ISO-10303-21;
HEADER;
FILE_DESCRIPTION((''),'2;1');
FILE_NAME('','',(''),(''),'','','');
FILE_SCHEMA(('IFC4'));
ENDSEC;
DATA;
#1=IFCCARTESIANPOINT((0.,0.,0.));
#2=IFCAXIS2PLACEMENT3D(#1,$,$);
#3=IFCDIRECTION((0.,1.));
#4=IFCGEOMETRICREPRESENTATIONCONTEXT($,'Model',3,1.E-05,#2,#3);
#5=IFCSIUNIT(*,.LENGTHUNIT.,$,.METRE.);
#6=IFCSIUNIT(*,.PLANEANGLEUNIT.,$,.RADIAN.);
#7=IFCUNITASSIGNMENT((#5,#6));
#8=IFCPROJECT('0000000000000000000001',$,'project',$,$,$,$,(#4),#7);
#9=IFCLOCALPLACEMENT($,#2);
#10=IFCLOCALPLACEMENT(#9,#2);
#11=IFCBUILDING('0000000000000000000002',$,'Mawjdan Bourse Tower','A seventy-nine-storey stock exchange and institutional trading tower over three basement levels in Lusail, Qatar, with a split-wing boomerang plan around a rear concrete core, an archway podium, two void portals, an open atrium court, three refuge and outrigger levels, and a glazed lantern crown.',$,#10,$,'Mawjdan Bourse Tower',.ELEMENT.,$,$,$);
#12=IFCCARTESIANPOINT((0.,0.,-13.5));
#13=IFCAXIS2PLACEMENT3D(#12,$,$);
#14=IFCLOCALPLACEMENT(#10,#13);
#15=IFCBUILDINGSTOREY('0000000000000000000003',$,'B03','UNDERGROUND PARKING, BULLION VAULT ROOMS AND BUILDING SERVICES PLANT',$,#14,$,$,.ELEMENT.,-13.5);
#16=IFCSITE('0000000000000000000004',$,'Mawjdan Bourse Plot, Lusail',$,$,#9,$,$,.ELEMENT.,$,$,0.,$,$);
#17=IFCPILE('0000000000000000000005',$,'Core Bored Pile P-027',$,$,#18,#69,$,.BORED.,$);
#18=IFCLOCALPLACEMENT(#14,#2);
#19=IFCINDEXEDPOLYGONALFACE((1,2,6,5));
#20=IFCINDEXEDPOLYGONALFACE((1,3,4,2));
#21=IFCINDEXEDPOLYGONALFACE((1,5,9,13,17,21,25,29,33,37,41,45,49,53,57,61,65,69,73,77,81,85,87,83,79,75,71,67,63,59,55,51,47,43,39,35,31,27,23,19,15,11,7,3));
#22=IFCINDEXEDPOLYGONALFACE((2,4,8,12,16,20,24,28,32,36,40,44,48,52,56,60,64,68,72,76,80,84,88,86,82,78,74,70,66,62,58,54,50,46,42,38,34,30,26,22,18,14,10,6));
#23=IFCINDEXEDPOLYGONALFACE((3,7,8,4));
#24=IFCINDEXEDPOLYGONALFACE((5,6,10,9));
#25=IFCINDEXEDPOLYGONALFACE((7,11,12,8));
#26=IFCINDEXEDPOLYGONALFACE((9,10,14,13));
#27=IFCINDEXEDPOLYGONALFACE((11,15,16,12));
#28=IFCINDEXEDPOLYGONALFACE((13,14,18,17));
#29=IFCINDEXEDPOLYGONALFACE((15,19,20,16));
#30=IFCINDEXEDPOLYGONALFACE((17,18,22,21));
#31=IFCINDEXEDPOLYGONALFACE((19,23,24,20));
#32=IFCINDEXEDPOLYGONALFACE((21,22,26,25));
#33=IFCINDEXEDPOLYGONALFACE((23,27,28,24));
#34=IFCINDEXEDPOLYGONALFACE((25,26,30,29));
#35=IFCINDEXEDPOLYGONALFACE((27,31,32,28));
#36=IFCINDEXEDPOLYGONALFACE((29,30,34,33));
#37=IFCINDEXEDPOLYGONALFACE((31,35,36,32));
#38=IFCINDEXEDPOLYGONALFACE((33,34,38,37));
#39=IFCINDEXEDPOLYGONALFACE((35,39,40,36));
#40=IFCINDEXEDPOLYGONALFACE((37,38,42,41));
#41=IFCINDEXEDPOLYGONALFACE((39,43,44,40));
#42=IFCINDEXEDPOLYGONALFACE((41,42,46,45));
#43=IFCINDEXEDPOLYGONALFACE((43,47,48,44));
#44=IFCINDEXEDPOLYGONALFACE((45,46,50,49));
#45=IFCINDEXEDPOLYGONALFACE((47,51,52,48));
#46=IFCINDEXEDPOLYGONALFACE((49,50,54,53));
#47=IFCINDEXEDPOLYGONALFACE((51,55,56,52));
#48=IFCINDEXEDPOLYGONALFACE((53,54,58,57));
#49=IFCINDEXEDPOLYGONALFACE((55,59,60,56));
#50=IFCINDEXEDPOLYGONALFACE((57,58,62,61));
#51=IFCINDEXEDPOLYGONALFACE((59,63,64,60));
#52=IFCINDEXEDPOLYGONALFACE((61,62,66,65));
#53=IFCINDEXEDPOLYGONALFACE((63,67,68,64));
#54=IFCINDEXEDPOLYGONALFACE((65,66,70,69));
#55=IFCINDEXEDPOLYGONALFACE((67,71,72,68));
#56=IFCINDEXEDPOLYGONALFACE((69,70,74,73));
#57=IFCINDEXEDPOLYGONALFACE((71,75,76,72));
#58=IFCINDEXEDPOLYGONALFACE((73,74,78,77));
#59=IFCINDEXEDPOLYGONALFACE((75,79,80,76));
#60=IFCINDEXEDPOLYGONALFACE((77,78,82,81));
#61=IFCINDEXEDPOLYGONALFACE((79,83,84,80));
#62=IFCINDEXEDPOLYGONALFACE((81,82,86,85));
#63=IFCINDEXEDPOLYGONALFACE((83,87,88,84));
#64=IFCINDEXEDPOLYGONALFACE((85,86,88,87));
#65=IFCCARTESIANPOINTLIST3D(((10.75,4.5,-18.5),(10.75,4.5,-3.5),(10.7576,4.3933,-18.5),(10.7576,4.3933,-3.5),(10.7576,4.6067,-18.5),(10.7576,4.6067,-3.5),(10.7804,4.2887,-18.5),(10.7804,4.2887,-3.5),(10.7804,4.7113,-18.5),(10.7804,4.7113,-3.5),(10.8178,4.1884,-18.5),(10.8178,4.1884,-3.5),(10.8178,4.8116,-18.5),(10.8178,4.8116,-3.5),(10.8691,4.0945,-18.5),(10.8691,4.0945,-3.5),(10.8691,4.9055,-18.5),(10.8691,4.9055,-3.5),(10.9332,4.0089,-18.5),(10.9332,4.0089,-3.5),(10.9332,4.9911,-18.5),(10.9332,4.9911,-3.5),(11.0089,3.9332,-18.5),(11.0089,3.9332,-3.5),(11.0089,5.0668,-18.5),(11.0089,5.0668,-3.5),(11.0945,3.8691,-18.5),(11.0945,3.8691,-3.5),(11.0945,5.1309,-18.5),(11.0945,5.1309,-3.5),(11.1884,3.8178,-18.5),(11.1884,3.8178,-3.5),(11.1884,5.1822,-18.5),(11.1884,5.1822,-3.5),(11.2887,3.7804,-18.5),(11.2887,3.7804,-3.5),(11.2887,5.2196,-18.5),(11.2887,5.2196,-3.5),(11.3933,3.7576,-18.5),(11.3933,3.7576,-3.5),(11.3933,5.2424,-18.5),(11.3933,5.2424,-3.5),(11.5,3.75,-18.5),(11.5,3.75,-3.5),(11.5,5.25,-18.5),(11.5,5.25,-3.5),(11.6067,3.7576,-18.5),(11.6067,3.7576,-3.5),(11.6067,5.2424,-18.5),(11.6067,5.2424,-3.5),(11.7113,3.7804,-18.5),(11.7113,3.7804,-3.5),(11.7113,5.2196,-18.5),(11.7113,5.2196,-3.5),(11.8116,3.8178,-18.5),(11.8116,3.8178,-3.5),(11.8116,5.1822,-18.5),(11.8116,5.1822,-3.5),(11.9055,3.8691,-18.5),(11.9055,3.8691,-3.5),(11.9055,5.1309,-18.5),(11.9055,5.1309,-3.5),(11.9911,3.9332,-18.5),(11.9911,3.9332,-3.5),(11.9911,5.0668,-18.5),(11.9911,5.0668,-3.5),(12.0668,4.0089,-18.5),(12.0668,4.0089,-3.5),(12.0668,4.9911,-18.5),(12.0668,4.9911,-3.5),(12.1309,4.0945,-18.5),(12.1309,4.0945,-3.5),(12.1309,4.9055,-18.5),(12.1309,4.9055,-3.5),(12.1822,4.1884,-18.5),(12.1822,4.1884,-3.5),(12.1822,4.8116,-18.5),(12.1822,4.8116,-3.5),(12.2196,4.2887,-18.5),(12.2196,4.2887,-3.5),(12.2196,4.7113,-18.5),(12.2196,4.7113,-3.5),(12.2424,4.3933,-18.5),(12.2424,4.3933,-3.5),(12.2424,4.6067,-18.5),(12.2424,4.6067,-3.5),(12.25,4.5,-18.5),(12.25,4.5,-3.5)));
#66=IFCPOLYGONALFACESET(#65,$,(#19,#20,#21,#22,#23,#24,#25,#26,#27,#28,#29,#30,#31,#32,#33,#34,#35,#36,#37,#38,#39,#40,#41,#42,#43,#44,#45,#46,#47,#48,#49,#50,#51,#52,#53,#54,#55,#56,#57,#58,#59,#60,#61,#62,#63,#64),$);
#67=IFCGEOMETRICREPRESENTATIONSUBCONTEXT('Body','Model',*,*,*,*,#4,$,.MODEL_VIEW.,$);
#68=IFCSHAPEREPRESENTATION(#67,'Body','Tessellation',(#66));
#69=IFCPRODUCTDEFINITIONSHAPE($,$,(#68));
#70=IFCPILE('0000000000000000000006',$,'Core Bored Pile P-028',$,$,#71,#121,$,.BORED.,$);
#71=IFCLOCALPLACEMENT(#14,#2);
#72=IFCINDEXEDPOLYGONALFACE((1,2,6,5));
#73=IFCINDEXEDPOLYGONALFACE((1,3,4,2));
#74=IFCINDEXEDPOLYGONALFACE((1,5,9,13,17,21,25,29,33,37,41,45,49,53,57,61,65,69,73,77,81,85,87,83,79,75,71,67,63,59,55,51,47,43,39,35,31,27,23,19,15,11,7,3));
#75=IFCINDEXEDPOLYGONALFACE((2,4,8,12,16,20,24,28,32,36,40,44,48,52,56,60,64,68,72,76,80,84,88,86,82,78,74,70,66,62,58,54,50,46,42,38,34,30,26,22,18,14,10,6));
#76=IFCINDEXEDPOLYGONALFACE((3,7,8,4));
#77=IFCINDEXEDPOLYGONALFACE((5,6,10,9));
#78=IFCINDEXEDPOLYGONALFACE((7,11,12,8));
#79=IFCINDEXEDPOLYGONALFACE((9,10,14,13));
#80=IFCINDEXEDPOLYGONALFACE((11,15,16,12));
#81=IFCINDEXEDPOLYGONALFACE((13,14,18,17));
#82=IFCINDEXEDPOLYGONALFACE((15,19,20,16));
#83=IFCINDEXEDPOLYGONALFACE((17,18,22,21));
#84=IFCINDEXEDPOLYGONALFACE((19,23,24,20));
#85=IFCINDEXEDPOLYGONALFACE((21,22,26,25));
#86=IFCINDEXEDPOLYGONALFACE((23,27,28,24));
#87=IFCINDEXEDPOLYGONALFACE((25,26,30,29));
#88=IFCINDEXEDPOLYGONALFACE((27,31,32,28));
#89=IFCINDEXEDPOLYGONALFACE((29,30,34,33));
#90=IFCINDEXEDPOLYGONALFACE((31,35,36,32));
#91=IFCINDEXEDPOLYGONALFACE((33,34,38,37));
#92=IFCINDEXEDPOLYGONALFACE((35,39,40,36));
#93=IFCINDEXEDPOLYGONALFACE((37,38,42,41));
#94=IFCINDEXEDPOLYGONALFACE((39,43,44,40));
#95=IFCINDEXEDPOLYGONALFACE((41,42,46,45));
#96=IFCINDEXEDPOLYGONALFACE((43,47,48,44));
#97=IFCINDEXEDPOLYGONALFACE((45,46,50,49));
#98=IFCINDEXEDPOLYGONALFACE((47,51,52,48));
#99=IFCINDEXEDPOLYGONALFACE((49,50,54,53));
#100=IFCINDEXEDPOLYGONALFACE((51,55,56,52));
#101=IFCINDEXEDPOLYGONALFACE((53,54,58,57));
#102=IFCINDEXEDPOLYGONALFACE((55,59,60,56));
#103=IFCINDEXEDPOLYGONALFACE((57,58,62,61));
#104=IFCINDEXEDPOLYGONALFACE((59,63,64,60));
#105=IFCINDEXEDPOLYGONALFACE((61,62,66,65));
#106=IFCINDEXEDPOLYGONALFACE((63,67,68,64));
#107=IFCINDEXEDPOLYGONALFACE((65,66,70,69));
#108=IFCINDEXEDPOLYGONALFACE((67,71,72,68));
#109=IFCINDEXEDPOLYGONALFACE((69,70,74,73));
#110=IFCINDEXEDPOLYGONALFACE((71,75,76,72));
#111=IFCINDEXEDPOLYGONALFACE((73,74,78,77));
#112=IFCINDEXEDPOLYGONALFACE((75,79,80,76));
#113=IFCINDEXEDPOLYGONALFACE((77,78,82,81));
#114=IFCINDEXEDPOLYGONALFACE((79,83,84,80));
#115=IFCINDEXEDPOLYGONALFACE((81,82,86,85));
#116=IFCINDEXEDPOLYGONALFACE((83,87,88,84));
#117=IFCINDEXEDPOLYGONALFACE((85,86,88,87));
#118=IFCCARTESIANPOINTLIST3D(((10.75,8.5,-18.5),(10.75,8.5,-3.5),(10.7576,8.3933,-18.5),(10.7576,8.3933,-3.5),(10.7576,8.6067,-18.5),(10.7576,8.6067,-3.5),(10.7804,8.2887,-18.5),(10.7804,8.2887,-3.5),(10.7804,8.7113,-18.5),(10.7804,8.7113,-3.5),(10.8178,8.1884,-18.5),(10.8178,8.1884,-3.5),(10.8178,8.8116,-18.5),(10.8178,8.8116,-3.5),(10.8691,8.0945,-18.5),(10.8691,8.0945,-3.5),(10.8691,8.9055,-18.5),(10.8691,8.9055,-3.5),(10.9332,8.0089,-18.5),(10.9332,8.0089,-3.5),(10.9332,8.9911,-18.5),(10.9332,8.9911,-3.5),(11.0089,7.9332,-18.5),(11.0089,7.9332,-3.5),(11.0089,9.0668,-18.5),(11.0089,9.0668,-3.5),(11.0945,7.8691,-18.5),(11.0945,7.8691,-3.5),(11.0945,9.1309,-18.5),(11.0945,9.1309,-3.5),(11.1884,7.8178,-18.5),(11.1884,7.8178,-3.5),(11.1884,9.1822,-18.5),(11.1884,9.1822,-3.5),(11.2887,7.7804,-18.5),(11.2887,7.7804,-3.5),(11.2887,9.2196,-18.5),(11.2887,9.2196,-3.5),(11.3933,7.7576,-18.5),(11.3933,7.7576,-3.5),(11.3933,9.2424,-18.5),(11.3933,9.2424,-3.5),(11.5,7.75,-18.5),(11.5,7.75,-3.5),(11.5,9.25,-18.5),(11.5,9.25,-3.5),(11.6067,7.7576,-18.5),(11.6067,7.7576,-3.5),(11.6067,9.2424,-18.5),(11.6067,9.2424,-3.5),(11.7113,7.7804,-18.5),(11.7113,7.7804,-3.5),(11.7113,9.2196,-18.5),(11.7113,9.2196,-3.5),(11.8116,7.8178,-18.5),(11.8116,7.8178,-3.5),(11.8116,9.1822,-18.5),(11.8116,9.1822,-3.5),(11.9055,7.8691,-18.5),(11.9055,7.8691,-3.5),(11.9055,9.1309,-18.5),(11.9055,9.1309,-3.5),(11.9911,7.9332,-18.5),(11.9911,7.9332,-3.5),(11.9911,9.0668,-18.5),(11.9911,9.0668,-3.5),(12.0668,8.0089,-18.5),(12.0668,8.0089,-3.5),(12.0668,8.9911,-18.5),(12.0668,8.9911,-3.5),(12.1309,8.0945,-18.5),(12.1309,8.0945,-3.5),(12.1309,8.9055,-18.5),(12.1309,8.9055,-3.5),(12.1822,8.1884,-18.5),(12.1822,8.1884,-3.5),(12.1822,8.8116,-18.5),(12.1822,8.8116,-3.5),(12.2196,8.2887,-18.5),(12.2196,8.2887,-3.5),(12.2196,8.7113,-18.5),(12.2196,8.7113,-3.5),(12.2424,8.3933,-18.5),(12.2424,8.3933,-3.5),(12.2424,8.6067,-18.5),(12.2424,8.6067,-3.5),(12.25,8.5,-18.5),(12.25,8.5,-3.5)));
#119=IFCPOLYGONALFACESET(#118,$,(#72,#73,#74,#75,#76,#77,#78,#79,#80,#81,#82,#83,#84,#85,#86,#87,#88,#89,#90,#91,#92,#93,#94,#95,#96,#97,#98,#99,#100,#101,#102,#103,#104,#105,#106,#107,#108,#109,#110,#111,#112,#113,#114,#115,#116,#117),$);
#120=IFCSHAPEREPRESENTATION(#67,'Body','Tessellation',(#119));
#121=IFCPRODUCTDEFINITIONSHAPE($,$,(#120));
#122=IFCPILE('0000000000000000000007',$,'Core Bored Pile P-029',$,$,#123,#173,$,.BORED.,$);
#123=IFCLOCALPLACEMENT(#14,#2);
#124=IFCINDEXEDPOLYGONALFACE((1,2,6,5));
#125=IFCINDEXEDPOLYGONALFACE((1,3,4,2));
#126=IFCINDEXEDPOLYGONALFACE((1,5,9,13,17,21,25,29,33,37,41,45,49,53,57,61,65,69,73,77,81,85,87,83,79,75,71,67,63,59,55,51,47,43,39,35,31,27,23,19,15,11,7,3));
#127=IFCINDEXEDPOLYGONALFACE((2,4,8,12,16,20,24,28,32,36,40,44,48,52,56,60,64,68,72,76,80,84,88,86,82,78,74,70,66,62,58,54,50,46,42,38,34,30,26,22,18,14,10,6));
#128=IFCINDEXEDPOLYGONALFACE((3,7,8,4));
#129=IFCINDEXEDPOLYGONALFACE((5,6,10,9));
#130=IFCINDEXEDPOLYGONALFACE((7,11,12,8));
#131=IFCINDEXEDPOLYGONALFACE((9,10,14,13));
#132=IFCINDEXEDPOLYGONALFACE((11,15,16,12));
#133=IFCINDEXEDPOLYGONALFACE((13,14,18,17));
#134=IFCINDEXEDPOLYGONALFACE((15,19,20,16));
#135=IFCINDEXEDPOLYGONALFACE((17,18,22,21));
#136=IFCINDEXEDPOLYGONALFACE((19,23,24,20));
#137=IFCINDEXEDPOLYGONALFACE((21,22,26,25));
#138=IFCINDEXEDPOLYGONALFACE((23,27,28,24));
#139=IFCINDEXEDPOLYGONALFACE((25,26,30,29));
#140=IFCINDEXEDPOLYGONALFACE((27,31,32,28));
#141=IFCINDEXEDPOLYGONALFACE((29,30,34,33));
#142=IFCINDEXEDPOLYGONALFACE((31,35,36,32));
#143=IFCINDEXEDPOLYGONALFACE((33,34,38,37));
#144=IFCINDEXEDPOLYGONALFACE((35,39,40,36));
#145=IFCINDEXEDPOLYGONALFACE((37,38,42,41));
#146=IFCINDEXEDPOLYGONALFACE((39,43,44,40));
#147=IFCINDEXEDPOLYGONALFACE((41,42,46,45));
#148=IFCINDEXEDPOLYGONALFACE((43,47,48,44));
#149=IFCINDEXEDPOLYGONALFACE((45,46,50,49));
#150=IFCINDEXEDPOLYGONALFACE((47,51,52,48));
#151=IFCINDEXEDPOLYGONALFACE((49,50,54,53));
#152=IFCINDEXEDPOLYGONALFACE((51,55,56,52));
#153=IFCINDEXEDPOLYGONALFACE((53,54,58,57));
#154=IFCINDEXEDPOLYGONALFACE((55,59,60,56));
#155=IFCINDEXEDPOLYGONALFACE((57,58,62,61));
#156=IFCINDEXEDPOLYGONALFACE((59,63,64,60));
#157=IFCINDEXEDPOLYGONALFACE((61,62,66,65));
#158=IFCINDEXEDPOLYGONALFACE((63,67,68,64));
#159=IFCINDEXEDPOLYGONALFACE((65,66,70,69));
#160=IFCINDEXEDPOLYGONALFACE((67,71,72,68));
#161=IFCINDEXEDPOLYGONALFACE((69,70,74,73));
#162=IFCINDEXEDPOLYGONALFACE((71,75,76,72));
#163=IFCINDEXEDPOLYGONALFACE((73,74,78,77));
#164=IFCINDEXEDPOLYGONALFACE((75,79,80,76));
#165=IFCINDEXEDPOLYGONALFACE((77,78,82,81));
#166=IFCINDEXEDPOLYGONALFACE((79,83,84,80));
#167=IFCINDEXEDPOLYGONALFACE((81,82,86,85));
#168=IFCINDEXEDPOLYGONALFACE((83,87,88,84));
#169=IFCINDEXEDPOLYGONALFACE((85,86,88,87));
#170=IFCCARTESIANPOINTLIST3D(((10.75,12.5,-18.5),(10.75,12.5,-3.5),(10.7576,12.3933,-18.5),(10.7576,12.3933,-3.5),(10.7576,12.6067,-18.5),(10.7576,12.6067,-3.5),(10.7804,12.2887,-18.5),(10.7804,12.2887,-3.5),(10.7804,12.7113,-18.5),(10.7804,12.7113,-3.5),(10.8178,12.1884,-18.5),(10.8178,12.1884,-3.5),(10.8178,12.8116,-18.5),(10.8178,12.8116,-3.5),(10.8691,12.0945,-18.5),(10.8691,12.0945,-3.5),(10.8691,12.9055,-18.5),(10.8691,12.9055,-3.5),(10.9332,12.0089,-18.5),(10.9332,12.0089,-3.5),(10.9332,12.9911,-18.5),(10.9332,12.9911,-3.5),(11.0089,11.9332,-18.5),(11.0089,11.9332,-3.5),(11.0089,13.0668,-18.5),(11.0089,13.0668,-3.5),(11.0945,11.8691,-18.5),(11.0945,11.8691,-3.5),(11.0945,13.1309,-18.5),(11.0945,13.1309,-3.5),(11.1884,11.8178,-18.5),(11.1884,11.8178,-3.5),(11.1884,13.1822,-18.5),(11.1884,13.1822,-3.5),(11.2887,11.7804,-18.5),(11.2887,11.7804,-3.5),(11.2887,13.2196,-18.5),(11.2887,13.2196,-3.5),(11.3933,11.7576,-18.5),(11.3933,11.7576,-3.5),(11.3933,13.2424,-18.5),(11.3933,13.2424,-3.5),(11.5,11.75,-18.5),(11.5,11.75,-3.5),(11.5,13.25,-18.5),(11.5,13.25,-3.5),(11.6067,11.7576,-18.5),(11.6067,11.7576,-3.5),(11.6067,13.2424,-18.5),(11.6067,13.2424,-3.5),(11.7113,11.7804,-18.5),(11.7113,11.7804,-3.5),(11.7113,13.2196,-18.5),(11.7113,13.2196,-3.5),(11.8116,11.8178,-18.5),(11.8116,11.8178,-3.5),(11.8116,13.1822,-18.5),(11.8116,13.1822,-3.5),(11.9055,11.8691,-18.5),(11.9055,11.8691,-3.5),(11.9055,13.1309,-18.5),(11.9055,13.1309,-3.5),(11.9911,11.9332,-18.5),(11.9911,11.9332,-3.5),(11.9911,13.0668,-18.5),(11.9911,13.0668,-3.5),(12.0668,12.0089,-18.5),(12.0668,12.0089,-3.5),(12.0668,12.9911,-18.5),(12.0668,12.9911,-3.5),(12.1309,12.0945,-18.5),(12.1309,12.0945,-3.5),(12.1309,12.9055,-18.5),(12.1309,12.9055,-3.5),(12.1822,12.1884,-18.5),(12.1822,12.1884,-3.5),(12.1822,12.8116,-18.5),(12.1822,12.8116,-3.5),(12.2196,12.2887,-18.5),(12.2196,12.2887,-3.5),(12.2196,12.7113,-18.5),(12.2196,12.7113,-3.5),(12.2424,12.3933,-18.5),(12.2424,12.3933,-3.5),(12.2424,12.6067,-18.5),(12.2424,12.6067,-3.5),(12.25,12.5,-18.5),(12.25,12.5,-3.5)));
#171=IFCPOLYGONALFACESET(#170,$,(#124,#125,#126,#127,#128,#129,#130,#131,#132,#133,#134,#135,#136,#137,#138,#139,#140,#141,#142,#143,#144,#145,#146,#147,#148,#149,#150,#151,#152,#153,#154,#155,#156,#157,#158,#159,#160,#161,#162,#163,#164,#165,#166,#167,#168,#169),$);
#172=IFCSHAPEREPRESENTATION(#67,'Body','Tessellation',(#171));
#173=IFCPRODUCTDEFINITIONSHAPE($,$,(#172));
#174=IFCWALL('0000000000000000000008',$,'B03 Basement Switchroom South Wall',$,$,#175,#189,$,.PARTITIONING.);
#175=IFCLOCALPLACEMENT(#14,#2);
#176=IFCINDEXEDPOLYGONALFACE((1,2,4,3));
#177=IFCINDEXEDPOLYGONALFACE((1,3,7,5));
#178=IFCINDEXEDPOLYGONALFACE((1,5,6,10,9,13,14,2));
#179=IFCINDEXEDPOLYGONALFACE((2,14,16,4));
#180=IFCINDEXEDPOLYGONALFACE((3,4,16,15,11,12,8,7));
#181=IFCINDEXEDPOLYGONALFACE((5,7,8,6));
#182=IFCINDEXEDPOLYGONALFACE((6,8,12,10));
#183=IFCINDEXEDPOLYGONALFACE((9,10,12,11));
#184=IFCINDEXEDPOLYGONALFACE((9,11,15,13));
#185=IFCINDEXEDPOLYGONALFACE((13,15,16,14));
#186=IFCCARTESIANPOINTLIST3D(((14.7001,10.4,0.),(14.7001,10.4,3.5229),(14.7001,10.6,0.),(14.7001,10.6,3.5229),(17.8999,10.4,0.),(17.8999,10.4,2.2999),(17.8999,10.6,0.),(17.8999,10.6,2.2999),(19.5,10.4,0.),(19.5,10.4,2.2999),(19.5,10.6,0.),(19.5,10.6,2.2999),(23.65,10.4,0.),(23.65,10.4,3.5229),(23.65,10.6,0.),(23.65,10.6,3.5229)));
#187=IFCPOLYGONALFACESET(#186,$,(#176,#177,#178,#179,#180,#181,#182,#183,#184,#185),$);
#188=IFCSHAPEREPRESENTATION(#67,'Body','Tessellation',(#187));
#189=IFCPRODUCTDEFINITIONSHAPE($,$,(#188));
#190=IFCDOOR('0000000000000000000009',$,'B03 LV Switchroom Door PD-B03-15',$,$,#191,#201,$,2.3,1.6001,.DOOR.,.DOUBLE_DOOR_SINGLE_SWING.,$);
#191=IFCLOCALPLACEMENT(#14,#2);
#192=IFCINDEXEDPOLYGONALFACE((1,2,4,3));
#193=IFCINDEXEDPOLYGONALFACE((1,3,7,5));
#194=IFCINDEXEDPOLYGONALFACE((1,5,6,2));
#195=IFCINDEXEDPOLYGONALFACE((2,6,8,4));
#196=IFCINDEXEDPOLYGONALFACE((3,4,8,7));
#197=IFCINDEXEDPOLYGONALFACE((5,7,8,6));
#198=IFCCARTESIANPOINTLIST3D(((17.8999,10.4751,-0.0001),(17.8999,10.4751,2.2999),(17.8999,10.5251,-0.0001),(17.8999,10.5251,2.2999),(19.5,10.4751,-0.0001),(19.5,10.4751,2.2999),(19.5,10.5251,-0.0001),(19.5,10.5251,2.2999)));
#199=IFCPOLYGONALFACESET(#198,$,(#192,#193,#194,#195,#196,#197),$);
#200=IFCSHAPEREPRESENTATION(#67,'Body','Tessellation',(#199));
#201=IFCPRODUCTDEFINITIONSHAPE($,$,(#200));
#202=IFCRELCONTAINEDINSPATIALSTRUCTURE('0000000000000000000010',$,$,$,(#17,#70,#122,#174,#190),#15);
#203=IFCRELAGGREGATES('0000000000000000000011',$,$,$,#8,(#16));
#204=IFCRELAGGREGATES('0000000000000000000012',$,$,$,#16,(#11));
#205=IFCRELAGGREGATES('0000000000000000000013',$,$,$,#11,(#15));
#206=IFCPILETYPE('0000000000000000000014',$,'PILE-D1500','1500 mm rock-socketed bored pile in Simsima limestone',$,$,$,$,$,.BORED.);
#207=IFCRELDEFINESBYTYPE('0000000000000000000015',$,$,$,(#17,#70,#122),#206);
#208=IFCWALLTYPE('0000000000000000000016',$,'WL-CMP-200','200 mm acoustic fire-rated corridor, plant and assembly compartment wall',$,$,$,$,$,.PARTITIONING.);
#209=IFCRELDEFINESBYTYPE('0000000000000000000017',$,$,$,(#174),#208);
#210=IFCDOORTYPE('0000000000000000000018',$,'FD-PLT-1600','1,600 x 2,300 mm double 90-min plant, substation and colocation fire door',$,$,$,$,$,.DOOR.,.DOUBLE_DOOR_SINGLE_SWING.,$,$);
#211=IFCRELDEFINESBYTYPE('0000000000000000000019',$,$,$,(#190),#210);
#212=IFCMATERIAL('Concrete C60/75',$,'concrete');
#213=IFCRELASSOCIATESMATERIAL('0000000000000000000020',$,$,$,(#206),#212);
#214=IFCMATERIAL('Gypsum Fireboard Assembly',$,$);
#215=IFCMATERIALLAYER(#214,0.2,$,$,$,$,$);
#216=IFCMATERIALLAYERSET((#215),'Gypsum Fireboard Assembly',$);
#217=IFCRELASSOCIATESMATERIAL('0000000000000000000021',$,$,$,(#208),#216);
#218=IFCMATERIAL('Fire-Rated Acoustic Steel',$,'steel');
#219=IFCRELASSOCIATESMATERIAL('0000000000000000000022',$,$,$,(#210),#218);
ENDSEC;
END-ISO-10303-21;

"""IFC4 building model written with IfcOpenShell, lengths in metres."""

from ifc_helpers import new_model, si_unit, direction, frame, frame_2d, origin, origin_2d, place, context, subcontext, project, spatial, rectangle, circle, extrude, material, layer, layer_set, material_profile, profile_set, type_object, element, fill, save


model = new_model("IFC4")

# Units and contexts
model_context = context("Model", 3, precision=1e-05, world=origin(), true_north=direction((0.0, 1.0)))
body_context = subcontext(model_context, "Body", "Model", "MODEL_VIEW")
ifc_project = project(units=[si_unit("LENGTHUNIT", "METRE"), si_unit("PLANEANGLEUNIT", "RADIAN")], contexts=[model_context])

# Site, building, storey
site_placement = place(None, origin())
site = spatial("IfcSite", under=ifc_project, at=site_placement, Name="Mawjdan Bourse Plot, Lusail", CompositionType="ELEMENT", RefElevation=0.0)
building_placement = place(site_placement, origin())
building = spatial("IfcBuilding", under=site, at=building_placement, Name="Mawjdan Bourse Tower", Description="A seventy-nine-storey stock exchange and institutional trading tower over three basement levels in Lusail, Qatar, with a split-wing boomerang plan around a rear concrete core, an archway podium, two void portals, an open atrium court, three refuge and outrigger levels, and a glazed lantern crown.", LongName="Mawjdan Bourse Tower", CompositionType="ELEMENT")
storey_placement = place(building_placement, frame((0.0, 0.0, -13.5)))
storey = spatial("IfcBuildingStorey", under=building, at=storey_placement, Name="B03", Description="UNDERGROUND PARKING, BULLION VAULT ROOMS AND BUILDING SERVICES PLANT", CompositionType="ELEMENT", Elevation=-13.5)

# Piles
ifc_material_1 = material(Name="Concrete C60/75", Category="concrete")
ifc_material_profile = material_profile(ifc_material_1, circle(Radius=0.75, at=origin_2d()), Name="PILE-D1500")
ifc_profile_set = profile_set([ifc_material_profile], Name="Concrete C60/75")
pile_type = type_object("IfcPileType", Name="PILE-D1500", Description="1500 mm rock-socketed bored pile in Simsima limestone", PredefinedType="BORED", material=ifc_profile_set)
for number, where, z_axis, x_axis, name in (
    (1, (11.5, 4.5, -3.5), (0.0, 0.0, -1.0), (1.0, 0.0, 0.0), "Core Bored Pile P-027"),
    (2, (11.5, 8.5, -3.5), (0.0, 0.0, -1.0), (1.0, 0.0, 0.0), "Core Bored Pile P-028"),
    (3, (11.5, 12.5, -3.5), (0.0, 0.0, -1.0), (1.0, 0.0, 0.0), "Core Bored Pile P-029"),
):
    element("IfcPile", number, at=place(storey_placement, frame(where, z_axis=z_axis, x_axis=x_axis)), inside=storey, type_object=pile_type, Name=name, PredefinedType="BORED", context=body_context, shape_type="SweptSolid", body=[
        extrude(circle(Radius=0.75, at=origin_2d()), origin(), (0.0, 0.0, 1.0), 15.0),
    ])

# Wall, opening, door
ifc_material_2 = material(Name="Gypsum Fireboard Assembly")
ifc_layer_1 = layer(ifc_material_2, 0.2)
ifc_layer_set_1 = layer_set([ifc_layer_1], Name="Gypsum Fireboard Assembly")
wall_type_1 = type_object("IfcWallType", Name="WL-CMP-200", Description="200 mm acoustic fire-rated corridor, plant and assembly compartment wall", PredefinedType="PARTITIONING", material=ifc_layer_set_1)
wall_1_placement = place(storey_placement, frame((14.7, 10.5, 0.0), z_axis=(0.0, 0.0, 1.0), x_axis=(1.0, 0.0, 0.0)))
wall_1 = element("IfcWall", 4, at=wall_1_placement, inside=storey, type_object=wall_type_1, Name="B03 Basement Switchroom South Wall", PredefinedType="PARTITIONING", context=body_context, shape_type="SweptSolid", body=[
    extrude(rectangle(XDim=8.95, YDim=0.2, at=frame_2d((4.4751, 0.0))), origin(), (0.0, 0.0, 1.0), 3.5229),
])
opening_1_placement = place(wall_1_placement, frame((3.2, 0.0, 0.0)))
opening_1 = element("IfcOpeningElement", 5, at=opening_1_placement, cuts=wall_1, PredefinedType="OPENING", context=body_context, shape_type="SweptSolid", body=[
    extrude(rectangle(XDim=1.6001, YDim=2.3, at=frame_2d((0.8, 1.1499))), frame((0.0, 0.1099, 0.0), z_axis=(0.0, -1.0, 0.0), x_axis=(1.0, 0.0, 0.0)), (0.0, 0.0, 1.0), 0.22),
])
ifc_material_3 = material(Name="Fire-Rated Acoustic Steel", Category="steel")
door_type_1 = type_object("IfcDoorType", Name="FD-PLT-1600", Description="1,600 x 2,300 mm double 90-min plant, substation and colocation fire door", OperationType="DOUBLE_DOOR_SINGLE_SWING", PredefinedType="DOOR", material=ifc_material_3)
door_1_placement = place(opening_1_placement, frame((1.6001, 0.0, 0.0), z_axis=(0.0, 0.0, 1.0), x_axis=(-1.0, 0.0, 0.0)))
door_1 = element("IfcDoor", 6, at=door_1_placement, inside=storey, type_object=door_type_1, Name="B03 LV Switchroom Door PD-B03-15", OperationType="DOUBLE_DOOR_SINGLE_SWING", OverallHeight=2.3, OverallWidth=1.6001, PredefinedType="DOOR", context=body_context, shape_type="SweptSolid", body=[
    extrude(rectangle(XDim=1.6001, YDim=2.3, at=frame_2d((0.8, 1.1499))), frame((0.0, 0.0249, 0.0), z_axis=(0.0, -1.0, 0.0), x_axis=(1.0, 0.0, 0.0)), (0.0, 0.0, 1.0), 0.05),
])
fill(opening_1, door_1)

save(model, "model.ifc")
